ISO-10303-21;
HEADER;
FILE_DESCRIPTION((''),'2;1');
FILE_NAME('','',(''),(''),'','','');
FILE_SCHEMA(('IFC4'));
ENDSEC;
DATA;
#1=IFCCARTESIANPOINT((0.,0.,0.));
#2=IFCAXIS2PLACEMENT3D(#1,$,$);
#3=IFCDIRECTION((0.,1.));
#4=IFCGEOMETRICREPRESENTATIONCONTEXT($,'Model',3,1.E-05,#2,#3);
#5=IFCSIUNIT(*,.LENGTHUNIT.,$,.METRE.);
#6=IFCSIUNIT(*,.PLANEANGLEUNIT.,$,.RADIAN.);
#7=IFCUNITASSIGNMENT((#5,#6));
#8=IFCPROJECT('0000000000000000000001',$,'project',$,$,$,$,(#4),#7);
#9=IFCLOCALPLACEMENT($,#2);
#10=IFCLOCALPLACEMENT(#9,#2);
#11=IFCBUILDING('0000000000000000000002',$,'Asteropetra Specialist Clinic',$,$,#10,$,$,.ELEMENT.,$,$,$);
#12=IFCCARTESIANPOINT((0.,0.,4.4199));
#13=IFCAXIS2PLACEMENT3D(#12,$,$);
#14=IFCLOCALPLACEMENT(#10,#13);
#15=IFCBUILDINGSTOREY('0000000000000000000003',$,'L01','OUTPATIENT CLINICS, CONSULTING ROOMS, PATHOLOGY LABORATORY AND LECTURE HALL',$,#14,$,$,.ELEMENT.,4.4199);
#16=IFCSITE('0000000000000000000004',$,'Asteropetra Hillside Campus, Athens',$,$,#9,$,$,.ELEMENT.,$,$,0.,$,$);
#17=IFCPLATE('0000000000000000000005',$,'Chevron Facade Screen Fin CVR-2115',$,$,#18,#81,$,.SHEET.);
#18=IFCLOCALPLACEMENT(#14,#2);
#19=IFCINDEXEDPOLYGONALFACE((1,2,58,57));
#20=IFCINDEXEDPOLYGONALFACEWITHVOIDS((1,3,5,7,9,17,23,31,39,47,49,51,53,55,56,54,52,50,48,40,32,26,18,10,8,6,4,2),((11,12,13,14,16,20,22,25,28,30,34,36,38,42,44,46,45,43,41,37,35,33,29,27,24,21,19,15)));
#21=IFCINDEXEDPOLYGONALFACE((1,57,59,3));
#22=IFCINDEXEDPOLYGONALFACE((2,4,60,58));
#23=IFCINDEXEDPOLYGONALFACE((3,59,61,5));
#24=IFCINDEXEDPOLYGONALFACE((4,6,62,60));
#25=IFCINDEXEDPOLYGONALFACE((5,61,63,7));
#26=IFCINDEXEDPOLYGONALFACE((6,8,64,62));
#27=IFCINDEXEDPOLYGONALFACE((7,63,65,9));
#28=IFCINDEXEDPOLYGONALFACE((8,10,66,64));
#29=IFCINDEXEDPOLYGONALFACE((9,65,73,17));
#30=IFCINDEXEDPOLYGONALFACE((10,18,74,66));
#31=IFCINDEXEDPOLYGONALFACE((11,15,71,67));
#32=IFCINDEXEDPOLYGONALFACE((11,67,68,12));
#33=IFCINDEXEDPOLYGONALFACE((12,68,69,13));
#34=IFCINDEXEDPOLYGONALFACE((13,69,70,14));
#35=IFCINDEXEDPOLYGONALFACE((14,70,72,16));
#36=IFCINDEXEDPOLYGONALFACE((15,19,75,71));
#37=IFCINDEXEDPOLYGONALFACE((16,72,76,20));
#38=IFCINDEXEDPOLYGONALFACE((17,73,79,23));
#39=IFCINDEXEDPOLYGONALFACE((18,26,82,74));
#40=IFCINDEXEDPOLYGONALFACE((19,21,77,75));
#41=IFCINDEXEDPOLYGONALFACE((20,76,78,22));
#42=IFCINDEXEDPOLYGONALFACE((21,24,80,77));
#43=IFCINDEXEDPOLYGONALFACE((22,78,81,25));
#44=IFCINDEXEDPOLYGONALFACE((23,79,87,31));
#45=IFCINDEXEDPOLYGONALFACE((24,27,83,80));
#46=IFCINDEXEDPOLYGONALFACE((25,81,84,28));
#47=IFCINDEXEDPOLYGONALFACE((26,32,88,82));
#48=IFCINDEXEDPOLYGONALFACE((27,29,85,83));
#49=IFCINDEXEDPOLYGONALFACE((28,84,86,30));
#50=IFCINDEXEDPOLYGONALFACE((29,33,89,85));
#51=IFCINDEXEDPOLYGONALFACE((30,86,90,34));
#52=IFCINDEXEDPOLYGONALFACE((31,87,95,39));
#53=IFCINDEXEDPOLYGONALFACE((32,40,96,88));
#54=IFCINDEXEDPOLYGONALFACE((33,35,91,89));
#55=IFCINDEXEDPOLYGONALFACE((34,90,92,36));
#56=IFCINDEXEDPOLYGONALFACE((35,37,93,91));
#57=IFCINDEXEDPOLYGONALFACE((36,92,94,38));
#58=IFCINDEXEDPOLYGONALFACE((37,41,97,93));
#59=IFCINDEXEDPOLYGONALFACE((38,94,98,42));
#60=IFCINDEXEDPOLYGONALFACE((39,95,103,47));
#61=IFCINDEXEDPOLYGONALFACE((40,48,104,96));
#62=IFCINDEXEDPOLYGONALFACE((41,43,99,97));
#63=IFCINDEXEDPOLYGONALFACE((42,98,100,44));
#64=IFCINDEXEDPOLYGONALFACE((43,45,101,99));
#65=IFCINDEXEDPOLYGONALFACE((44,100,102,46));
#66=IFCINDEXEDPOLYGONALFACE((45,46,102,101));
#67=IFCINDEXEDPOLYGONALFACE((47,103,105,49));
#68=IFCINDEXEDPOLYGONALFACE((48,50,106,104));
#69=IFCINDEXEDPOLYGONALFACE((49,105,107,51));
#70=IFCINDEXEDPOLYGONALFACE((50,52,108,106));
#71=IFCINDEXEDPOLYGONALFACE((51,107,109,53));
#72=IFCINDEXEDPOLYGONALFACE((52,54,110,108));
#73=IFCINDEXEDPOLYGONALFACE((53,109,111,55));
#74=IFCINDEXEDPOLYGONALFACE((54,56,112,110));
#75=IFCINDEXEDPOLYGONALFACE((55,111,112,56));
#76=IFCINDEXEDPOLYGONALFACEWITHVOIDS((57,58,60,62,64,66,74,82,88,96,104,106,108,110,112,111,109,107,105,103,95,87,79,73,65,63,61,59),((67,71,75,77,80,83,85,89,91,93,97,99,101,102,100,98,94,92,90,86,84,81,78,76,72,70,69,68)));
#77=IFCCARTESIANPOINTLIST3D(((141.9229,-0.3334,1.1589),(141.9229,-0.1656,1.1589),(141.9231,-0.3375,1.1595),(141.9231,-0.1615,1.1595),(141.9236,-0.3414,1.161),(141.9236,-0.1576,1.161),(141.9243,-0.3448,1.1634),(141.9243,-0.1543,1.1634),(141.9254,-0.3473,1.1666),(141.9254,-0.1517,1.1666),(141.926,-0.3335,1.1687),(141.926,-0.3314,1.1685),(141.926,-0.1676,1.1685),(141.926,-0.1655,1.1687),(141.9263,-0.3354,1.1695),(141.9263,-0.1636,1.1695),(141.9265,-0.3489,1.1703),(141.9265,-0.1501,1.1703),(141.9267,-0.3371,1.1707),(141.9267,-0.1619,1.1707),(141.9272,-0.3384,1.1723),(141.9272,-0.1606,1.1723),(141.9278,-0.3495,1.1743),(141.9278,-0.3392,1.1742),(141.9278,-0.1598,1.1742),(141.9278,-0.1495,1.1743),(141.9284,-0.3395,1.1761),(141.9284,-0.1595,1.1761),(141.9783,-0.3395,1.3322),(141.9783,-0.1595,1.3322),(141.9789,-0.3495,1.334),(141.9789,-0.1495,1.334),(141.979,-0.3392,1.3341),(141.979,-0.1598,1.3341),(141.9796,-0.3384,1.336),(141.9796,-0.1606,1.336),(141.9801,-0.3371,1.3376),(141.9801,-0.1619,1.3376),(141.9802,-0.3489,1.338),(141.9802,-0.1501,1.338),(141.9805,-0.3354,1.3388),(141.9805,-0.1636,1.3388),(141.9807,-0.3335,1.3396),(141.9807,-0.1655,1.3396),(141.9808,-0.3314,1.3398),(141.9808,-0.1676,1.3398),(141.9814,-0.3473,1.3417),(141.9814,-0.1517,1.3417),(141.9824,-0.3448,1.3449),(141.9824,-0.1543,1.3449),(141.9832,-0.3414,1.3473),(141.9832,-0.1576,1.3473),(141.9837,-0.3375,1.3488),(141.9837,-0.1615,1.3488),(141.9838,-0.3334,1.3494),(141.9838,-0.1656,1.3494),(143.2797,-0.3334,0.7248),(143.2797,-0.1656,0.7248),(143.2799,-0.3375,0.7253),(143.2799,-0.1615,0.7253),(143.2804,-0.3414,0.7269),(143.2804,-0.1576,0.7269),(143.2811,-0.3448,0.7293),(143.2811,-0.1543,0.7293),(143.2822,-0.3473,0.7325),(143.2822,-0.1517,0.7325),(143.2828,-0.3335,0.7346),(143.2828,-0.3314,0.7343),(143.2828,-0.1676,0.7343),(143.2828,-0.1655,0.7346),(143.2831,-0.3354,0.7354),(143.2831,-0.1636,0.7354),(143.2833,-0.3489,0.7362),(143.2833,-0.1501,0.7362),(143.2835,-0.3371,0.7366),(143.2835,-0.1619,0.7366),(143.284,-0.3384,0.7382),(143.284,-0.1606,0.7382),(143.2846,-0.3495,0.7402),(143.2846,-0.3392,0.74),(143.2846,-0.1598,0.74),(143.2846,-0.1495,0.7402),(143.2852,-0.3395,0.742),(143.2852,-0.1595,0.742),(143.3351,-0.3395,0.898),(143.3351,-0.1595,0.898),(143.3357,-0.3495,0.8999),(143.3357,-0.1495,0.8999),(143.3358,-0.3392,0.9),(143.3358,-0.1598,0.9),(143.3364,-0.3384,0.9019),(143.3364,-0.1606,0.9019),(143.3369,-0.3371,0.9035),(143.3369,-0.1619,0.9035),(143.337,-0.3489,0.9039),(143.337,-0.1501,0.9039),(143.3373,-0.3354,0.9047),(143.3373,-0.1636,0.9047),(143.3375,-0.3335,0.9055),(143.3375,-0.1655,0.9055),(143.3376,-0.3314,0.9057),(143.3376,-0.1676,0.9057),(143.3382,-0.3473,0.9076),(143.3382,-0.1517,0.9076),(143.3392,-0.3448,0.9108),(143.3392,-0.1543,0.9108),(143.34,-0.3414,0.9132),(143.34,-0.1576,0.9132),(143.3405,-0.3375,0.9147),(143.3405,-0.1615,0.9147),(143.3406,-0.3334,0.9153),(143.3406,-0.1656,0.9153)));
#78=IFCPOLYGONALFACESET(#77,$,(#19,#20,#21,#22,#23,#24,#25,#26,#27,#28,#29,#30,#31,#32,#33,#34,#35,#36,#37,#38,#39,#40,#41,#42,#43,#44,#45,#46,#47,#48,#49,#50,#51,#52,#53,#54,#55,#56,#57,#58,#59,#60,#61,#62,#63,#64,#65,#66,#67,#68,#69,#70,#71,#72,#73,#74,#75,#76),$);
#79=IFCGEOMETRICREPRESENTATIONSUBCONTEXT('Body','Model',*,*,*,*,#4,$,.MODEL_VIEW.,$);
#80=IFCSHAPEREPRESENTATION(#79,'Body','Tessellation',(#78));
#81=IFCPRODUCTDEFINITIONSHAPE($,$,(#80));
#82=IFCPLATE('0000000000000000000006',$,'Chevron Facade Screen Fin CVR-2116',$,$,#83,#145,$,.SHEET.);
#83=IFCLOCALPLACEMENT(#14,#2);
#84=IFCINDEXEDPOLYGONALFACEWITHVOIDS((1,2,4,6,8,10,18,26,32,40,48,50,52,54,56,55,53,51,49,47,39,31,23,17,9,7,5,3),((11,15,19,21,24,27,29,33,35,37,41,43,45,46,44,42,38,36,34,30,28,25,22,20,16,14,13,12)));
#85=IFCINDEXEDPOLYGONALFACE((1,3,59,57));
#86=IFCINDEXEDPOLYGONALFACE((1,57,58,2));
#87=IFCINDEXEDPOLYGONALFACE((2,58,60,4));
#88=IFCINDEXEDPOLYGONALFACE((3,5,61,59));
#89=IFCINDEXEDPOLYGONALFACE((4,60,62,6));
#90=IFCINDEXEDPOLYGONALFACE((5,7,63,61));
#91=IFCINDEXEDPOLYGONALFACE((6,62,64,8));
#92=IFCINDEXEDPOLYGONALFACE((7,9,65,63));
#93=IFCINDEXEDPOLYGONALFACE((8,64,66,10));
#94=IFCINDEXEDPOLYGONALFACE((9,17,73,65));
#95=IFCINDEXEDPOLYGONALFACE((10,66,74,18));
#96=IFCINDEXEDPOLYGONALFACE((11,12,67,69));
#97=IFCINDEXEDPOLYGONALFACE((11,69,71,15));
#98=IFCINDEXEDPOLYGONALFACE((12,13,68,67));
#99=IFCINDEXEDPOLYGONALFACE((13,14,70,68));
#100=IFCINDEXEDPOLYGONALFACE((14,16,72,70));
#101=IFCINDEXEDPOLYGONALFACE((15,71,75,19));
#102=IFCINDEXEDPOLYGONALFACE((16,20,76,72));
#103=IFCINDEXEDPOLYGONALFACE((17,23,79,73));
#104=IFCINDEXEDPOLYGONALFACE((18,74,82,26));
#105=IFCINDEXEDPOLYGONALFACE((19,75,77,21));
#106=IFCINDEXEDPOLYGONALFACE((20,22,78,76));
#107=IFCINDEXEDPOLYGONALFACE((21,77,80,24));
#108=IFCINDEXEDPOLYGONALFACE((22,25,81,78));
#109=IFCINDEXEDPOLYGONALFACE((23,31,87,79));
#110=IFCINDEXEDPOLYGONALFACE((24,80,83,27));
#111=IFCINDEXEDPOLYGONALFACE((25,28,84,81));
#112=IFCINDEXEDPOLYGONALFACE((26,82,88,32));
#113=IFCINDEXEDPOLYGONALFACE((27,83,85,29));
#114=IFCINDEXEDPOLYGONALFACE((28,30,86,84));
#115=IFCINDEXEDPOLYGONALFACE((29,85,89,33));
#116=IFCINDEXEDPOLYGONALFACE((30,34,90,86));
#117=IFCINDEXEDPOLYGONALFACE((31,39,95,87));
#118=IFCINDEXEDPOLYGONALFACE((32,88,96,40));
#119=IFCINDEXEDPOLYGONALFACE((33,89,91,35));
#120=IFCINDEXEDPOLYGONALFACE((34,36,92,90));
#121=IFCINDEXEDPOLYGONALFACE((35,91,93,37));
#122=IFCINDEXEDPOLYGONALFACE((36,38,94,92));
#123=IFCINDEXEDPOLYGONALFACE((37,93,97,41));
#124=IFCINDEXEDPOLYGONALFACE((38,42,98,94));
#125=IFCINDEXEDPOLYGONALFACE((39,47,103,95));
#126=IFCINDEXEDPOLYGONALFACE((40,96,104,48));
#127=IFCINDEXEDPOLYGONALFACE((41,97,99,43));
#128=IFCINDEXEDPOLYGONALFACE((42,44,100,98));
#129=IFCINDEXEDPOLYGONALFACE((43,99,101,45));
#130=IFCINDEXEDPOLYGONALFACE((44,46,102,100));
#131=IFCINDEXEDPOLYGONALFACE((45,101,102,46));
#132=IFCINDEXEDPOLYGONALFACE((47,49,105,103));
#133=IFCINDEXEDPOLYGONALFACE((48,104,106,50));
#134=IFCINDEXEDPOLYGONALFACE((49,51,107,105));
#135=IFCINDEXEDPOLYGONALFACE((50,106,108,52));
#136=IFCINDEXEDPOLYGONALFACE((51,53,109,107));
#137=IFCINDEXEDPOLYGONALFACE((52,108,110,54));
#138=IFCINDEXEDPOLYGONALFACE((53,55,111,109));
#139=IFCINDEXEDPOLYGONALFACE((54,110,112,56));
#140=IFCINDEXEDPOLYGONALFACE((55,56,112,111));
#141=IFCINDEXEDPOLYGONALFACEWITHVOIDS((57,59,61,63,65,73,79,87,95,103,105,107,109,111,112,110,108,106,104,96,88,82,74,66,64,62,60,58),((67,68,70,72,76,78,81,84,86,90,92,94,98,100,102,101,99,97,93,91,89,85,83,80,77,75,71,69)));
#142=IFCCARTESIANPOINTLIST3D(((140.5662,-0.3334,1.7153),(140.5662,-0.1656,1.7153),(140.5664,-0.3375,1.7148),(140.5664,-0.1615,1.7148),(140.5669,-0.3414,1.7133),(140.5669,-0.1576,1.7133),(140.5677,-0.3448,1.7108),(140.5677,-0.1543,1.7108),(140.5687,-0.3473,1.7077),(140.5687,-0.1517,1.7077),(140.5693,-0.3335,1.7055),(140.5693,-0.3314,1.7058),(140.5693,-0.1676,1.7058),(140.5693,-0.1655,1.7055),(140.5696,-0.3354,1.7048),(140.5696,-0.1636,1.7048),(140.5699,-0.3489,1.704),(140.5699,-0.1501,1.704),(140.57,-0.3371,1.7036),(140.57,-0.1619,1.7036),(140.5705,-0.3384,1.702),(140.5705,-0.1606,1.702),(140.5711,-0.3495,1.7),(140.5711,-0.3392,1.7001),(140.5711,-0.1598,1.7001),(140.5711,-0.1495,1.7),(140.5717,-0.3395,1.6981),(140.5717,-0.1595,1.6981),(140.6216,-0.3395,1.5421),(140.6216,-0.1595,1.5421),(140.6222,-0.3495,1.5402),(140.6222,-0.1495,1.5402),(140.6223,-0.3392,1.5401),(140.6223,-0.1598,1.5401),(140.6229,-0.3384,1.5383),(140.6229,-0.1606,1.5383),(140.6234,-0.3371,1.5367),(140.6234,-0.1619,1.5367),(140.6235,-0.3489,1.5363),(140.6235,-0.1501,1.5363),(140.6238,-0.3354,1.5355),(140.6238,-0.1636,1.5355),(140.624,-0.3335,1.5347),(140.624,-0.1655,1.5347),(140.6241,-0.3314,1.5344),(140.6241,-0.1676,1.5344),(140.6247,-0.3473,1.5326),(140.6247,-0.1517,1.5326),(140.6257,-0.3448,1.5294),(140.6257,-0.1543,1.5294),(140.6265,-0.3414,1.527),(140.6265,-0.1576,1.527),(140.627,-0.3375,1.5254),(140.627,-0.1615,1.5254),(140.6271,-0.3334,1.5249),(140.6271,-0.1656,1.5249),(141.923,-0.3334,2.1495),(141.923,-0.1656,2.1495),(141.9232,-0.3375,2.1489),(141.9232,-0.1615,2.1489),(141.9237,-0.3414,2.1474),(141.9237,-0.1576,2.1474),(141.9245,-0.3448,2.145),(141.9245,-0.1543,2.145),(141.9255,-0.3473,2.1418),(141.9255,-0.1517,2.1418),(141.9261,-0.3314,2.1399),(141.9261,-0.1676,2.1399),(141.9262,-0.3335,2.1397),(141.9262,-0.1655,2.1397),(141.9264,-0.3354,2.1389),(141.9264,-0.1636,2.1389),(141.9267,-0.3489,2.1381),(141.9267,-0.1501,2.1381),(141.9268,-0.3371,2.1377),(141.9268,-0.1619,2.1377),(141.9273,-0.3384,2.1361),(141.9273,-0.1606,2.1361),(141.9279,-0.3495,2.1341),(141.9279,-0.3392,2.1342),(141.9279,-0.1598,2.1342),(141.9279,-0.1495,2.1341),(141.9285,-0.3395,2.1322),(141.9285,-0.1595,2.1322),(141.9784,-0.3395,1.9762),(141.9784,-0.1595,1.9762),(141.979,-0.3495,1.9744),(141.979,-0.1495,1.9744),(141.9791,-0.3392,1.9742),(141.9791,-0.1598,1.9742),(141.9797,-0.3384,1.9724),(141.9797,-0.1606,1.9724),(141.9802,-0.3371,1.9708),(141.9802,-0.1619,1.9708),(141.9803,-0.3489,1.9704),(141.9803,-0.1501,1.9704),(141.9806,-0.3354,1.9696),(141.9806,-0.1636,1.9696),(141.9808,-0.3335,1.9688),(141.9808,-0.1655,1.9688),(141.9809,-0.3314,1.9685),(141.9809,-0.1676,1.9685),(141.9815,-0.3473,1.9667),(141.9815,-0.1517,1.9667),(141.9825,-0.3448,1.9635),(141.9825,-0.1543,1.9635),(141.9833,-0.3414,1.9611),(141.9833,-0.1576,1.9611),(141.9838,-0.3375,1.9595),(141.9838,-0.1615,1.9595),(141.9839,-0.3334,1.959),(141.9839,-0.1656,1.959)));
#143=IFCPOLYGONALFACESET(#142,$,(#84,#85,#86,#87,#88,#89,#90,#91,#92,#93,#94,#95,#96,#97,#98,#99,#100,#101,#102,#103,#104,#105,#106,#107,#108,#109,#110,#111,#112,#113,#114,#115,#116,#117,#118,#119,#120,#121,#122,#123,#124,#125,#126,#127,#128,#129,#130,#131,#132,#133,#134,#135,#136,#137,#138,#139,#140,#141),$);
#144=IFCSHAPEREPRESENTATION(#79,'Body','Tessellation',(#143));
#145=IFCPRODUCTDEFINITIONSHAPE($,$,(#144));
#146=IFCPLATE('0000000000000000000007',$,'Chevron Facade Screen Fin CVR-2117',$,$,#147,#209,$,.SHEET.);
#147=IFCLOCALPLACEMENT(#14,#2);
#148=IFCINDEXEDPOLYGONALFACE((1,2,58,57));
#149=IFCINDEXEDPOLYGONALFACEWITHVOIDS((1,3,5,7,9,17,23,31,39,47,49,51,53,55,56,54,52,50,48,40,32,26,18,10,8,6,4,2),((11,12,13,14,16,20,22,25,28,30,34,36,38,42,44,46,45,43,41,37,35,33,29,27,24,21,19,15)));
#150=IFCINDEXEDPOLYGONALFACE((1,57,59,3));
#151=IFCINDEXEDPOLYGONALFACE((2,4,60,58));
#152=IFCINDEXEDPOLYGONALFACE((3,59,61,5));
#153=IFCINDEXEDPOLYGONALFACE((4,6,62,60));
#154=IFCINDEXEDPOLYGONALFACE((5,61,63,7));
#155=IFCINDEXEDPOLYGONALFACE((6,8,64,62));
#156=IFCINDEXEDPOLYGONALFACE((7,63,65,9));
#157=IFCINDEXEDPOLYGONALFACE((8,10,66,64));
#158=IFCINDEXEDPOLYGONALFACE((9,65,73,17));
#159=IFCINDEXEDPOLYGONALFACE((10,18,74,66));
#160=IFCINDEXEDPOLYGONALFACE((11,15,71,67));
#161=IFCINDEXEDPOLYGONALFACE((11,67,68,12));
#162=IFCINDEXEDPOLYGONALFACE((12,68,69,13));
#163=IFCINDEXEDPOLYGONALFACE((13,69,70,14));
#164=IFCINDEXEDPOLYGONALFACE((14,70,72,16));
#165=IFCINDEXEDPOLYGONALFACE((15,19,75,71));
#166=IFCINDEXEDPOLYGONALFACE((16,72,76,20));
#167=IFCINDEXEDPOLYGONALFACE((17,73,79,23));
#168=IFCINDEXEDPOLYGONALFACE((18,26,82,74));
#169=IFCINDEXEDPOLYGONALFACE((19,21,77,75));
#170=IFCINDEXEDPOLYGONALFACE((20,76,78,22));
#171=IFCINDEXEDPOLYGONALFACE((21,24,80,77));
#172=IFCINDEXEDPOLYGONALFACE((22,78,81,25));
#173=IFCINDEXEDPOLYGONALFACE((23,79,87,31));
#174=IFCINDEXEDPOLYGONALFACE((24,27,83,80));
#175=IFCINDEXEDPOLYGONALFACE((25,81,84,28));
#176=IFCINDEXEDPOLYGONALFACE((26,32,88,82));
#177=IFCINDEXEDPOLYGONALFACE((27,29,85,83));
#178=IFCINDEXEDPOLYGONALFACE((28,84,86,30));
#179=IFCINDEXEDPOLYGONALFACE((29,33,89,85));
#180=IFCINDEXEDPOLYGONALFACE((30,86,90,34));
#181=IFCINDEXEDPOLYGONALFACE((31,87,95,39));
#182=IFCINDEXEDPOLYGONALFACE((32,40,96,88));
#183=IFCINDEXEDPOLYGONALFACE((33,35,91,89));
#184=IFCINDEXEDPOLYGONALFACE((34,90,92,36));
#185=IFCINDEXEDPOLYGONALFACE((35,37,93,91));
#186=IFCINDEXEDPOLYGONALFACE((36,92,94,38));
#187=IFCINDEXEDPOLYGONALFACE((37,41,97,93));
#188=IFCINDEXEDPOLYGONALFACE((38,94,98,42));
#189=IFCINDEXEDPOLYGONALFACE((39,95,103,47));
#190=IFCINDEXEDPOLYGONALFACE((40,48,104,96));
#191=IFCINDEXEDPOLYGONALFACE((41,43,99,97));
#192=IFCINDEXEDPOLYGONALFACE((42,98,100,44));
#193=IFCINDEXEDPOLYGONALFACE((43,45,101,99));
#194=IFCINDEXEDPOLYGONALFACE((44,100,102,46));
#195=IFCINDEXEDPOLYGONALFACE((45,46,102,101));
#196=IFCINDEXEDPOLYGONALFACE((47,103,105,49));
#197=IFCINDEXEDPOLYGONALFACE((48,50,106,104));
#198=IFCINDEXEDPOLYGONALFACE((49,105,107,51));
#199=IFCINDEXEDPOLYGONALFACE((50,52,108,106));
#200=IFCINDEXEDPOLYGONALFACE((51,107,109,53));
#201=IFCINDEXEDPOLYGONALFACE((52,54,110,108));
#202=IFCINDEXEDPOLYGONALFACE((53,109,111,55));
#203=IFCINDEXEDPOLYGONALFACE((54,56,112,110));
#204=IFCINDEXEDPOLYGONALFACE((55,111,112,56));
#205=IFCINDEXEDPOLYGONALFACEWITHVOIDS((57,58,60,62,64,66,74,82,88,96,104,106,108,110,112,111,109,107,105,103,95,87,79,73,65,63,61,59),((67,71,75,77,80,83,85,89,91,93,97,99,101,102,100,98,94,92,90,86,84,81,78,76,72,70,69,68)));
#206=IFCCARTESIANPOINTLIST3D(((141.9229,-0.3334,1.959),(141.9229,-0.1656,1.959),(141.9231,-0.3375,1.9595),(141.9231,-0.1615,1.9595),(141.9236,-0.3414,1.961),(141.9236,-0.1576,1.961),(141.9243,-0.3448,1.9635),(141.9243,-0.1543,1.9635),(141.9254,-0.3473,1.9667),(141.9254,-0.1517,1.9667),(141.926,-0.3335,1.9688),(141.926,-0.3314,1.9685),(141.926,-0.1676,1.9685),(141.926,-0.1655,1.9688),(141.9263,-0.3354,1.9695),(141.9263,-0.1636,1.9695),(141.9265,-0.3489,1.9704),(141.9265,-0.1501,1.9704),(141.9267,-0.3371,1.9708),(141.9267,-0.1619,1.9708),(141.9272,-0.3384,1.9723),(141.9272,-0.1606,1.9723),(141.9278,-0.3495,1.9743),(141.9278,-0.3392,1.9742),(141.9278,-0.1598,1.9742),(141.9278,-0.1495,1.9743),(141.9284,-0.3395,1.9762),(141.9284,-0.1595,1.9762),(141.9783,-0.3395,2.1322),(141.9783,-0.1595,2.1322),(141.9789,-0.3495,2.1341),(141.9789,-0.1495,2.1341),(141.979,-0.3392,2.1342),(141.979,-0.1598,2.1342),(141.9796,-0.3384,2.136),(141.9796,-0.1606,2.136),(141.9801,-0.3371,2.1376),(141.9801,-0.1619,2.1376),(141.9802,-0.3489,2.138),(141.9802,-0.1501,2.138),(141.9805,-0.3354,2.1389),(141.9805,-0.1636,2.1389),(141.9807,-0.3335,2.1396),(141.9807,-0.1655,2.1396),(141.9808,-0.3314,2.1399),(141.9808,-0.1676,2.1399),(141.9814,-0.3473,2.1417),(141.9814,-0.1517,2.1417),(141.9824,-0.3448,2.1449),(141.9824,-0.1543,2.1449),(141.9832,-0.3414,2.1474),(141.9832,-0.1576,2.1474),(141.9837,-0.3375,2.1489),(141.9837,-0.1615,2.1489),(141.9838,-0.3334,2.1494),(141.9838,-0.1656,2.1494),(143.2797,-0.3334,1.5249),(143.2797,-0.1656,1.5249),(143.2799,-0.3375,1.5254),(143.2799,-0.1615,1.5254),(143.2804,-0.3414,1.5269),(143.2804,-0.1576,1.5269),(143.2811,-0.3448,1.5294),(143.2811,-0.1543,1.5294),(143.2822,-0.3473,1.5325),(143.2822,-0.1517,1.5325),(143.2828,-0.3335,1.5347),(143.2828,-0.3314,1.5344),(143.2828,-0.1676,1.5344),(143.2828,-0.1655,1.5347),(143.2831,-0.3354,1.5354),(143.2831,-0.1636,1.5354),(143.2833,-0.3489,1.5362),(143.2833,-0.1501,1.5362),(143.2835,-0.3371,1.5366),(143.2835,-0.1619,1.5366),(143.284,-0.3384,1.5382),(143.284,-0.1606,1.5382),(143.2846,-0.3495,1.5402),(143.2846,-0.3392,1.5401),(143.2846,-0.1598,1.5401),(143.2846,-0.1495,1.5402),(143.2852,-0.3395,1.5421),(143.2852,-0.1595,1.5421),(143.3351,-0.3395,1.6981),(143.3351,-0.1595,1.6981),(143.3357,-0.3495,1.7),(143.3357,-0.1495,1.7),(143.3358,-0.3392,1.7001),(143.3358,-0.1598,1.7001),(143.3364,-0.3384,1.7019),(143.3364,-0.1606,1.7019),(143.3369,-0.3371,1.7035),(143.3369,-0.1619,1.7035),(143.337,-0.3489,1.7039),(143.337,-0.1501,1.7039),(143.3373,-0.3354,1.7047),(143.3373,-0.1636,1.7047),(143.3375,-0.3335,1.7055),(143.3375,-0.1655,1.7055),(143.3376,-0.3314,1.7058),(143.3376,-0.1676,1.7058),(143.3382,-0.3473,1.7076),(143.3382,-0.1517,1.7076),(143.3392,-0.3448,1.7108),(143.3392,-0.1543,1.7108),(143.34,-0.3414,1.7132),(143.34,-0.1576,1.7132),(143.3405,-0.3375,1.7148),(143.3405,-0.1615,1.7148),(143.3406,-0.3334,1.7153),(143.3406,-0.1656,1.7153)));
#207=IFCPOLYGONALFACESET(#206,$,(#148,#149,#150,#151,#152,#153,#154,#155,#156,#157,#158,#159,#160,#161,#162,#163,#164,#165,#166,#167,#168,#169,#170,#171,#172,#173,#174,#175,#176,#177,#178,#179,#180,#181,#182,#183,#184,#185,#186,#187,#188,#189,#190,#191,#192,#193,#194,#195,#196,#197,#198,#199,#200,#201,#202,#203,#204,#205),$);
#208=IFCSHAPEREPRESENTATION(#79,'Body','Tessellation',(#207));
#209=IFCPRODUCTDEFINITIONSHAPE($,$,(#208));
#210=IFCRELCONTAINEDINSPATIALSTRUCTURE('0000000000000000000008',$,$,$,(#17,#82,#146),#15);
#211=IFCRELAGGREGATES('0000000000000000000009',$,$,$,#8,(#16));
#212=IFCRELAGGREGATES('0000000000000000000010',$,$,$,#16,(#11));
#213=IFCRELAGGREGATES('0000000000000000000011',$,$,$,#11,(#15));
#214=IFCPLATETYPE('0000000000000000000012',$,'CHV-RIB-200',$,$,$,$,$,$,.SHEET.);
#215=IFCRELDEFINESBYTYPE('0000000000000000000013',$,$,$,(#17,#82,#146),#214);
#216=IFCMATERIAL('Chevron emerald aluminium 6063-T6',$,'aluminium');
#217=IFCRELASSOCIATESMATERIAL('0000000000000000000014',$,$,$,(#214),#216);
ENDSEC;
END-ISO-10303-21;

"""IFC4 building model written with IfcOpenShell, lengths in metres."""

from ifc_helpers import new_model, si_unit, direction, frame, origin, origin_2d, place, context, subcontext, project, spatial, hollow_rectangle, extrude, material, material_profile, profile_set, type_object, element, save


model = new_model("IFC4")

# Units and contexts
model_context = context("Model", 3, precision=1e-05, world=origin(), true_north=direction((0.0, 1.0)))
body_context = subcontext(model_context, "Body", "Model", "MODEL_VIEW")
ifc_project = project(units=[si_unit("LENGTHUNIT", "METRE"), si_unit("PLANEANGLEUNIT", "RADIAN")], contexts=[model_context])

# Site, building, storey
site_placement = place(None, origin())
site = spatial("IfcSite", under=ifc_project, at=site_placement, Name="Asteropetra Hillside Campus, Athens", CompositionType="ELEMENT", RefElevation=0.0)
building_placement = place(site_placement, origin())
building = spatial("IfcBuilding", under=site, at=building_placement, Name="Asteropetra Specialist Clinic", CompositionType="ELEMENT")
storey_placement = place(building_placement, frame((0.0, 0.0, 4.4199)))
storey = spatial("IfcBuildingStorey", under=building, at=storey_placement, Name="L01", Description="OUTPATIENT CLINICS, CONSULTING ROOMS, PATHOLOGY LABORATORY AND LECTURE HALL", CompositionType="ELEMENT", Elevation=4.4199)

# Plates
ifc_material_1 = material(Name="Chevron emerald aluminium 6063-T6", Category="aluminium")
ifc_material_profile_1 = material_profile(ifc_material_1, hollow_rectangle(XDim=0.2, YDim=0.2, WallThickness=0.01, InnerFilletRadius=0.0081, OuterFilletRadius=0.0161, at=origin_2d()), Name="SHS 200x200x10.0")
ifc_profile_set_1 = profile_set([ifc_material_profile_1], Name="Chevron emerald aluminium 6063-T6")
plate_type = type_object("IfcPlateType", Name="CHV-RIB-200", PredefinedType="SHEET", material=ifc_profile_set_1)
for number, where, z_axis, x_axis, name in (
    (1, (141.9534, -0.2495, 1.2542), (0.952436, 0.0, -0.304738), (0.0, 1.0, 0.0), "Chevron Facade Screen Fin CVR-2115"),
    (2, (140.5967, -0.2495, 1.6201), (0.952436, 0.0, 0.304738), (0.0, 1.0, 0.0), "Chevron Facade Screen Fin CVR-2116"),
    (3, (141.9534, -0.2495, 2.0542), (0.952436, 0.0, -0.304738), (0.0, 1.0, 0.0), "Chevron Facade Screen Fin CVR-2117"),
):
    element("IfcPlate", number, at=place(storey_placement, frame(where, z_axis=z_axis, x_axis=x_axis)), inside=storey, type_object=plate_type, Name=name, PredefinedType="SHEET", context=body_context, shape_type="SweptSolid", body=[
        extrude(hollow_rectangle(XDim=0.2, YDim=0.2, WallThickness=0.01, InnerFilletRadius=0.0081, OuterFilletRadius=0.0161, at=origin_2d()), origin(), (0.0, 0.0, 1.0), 1.4246),
    ])

save(model, "model.ifc")
